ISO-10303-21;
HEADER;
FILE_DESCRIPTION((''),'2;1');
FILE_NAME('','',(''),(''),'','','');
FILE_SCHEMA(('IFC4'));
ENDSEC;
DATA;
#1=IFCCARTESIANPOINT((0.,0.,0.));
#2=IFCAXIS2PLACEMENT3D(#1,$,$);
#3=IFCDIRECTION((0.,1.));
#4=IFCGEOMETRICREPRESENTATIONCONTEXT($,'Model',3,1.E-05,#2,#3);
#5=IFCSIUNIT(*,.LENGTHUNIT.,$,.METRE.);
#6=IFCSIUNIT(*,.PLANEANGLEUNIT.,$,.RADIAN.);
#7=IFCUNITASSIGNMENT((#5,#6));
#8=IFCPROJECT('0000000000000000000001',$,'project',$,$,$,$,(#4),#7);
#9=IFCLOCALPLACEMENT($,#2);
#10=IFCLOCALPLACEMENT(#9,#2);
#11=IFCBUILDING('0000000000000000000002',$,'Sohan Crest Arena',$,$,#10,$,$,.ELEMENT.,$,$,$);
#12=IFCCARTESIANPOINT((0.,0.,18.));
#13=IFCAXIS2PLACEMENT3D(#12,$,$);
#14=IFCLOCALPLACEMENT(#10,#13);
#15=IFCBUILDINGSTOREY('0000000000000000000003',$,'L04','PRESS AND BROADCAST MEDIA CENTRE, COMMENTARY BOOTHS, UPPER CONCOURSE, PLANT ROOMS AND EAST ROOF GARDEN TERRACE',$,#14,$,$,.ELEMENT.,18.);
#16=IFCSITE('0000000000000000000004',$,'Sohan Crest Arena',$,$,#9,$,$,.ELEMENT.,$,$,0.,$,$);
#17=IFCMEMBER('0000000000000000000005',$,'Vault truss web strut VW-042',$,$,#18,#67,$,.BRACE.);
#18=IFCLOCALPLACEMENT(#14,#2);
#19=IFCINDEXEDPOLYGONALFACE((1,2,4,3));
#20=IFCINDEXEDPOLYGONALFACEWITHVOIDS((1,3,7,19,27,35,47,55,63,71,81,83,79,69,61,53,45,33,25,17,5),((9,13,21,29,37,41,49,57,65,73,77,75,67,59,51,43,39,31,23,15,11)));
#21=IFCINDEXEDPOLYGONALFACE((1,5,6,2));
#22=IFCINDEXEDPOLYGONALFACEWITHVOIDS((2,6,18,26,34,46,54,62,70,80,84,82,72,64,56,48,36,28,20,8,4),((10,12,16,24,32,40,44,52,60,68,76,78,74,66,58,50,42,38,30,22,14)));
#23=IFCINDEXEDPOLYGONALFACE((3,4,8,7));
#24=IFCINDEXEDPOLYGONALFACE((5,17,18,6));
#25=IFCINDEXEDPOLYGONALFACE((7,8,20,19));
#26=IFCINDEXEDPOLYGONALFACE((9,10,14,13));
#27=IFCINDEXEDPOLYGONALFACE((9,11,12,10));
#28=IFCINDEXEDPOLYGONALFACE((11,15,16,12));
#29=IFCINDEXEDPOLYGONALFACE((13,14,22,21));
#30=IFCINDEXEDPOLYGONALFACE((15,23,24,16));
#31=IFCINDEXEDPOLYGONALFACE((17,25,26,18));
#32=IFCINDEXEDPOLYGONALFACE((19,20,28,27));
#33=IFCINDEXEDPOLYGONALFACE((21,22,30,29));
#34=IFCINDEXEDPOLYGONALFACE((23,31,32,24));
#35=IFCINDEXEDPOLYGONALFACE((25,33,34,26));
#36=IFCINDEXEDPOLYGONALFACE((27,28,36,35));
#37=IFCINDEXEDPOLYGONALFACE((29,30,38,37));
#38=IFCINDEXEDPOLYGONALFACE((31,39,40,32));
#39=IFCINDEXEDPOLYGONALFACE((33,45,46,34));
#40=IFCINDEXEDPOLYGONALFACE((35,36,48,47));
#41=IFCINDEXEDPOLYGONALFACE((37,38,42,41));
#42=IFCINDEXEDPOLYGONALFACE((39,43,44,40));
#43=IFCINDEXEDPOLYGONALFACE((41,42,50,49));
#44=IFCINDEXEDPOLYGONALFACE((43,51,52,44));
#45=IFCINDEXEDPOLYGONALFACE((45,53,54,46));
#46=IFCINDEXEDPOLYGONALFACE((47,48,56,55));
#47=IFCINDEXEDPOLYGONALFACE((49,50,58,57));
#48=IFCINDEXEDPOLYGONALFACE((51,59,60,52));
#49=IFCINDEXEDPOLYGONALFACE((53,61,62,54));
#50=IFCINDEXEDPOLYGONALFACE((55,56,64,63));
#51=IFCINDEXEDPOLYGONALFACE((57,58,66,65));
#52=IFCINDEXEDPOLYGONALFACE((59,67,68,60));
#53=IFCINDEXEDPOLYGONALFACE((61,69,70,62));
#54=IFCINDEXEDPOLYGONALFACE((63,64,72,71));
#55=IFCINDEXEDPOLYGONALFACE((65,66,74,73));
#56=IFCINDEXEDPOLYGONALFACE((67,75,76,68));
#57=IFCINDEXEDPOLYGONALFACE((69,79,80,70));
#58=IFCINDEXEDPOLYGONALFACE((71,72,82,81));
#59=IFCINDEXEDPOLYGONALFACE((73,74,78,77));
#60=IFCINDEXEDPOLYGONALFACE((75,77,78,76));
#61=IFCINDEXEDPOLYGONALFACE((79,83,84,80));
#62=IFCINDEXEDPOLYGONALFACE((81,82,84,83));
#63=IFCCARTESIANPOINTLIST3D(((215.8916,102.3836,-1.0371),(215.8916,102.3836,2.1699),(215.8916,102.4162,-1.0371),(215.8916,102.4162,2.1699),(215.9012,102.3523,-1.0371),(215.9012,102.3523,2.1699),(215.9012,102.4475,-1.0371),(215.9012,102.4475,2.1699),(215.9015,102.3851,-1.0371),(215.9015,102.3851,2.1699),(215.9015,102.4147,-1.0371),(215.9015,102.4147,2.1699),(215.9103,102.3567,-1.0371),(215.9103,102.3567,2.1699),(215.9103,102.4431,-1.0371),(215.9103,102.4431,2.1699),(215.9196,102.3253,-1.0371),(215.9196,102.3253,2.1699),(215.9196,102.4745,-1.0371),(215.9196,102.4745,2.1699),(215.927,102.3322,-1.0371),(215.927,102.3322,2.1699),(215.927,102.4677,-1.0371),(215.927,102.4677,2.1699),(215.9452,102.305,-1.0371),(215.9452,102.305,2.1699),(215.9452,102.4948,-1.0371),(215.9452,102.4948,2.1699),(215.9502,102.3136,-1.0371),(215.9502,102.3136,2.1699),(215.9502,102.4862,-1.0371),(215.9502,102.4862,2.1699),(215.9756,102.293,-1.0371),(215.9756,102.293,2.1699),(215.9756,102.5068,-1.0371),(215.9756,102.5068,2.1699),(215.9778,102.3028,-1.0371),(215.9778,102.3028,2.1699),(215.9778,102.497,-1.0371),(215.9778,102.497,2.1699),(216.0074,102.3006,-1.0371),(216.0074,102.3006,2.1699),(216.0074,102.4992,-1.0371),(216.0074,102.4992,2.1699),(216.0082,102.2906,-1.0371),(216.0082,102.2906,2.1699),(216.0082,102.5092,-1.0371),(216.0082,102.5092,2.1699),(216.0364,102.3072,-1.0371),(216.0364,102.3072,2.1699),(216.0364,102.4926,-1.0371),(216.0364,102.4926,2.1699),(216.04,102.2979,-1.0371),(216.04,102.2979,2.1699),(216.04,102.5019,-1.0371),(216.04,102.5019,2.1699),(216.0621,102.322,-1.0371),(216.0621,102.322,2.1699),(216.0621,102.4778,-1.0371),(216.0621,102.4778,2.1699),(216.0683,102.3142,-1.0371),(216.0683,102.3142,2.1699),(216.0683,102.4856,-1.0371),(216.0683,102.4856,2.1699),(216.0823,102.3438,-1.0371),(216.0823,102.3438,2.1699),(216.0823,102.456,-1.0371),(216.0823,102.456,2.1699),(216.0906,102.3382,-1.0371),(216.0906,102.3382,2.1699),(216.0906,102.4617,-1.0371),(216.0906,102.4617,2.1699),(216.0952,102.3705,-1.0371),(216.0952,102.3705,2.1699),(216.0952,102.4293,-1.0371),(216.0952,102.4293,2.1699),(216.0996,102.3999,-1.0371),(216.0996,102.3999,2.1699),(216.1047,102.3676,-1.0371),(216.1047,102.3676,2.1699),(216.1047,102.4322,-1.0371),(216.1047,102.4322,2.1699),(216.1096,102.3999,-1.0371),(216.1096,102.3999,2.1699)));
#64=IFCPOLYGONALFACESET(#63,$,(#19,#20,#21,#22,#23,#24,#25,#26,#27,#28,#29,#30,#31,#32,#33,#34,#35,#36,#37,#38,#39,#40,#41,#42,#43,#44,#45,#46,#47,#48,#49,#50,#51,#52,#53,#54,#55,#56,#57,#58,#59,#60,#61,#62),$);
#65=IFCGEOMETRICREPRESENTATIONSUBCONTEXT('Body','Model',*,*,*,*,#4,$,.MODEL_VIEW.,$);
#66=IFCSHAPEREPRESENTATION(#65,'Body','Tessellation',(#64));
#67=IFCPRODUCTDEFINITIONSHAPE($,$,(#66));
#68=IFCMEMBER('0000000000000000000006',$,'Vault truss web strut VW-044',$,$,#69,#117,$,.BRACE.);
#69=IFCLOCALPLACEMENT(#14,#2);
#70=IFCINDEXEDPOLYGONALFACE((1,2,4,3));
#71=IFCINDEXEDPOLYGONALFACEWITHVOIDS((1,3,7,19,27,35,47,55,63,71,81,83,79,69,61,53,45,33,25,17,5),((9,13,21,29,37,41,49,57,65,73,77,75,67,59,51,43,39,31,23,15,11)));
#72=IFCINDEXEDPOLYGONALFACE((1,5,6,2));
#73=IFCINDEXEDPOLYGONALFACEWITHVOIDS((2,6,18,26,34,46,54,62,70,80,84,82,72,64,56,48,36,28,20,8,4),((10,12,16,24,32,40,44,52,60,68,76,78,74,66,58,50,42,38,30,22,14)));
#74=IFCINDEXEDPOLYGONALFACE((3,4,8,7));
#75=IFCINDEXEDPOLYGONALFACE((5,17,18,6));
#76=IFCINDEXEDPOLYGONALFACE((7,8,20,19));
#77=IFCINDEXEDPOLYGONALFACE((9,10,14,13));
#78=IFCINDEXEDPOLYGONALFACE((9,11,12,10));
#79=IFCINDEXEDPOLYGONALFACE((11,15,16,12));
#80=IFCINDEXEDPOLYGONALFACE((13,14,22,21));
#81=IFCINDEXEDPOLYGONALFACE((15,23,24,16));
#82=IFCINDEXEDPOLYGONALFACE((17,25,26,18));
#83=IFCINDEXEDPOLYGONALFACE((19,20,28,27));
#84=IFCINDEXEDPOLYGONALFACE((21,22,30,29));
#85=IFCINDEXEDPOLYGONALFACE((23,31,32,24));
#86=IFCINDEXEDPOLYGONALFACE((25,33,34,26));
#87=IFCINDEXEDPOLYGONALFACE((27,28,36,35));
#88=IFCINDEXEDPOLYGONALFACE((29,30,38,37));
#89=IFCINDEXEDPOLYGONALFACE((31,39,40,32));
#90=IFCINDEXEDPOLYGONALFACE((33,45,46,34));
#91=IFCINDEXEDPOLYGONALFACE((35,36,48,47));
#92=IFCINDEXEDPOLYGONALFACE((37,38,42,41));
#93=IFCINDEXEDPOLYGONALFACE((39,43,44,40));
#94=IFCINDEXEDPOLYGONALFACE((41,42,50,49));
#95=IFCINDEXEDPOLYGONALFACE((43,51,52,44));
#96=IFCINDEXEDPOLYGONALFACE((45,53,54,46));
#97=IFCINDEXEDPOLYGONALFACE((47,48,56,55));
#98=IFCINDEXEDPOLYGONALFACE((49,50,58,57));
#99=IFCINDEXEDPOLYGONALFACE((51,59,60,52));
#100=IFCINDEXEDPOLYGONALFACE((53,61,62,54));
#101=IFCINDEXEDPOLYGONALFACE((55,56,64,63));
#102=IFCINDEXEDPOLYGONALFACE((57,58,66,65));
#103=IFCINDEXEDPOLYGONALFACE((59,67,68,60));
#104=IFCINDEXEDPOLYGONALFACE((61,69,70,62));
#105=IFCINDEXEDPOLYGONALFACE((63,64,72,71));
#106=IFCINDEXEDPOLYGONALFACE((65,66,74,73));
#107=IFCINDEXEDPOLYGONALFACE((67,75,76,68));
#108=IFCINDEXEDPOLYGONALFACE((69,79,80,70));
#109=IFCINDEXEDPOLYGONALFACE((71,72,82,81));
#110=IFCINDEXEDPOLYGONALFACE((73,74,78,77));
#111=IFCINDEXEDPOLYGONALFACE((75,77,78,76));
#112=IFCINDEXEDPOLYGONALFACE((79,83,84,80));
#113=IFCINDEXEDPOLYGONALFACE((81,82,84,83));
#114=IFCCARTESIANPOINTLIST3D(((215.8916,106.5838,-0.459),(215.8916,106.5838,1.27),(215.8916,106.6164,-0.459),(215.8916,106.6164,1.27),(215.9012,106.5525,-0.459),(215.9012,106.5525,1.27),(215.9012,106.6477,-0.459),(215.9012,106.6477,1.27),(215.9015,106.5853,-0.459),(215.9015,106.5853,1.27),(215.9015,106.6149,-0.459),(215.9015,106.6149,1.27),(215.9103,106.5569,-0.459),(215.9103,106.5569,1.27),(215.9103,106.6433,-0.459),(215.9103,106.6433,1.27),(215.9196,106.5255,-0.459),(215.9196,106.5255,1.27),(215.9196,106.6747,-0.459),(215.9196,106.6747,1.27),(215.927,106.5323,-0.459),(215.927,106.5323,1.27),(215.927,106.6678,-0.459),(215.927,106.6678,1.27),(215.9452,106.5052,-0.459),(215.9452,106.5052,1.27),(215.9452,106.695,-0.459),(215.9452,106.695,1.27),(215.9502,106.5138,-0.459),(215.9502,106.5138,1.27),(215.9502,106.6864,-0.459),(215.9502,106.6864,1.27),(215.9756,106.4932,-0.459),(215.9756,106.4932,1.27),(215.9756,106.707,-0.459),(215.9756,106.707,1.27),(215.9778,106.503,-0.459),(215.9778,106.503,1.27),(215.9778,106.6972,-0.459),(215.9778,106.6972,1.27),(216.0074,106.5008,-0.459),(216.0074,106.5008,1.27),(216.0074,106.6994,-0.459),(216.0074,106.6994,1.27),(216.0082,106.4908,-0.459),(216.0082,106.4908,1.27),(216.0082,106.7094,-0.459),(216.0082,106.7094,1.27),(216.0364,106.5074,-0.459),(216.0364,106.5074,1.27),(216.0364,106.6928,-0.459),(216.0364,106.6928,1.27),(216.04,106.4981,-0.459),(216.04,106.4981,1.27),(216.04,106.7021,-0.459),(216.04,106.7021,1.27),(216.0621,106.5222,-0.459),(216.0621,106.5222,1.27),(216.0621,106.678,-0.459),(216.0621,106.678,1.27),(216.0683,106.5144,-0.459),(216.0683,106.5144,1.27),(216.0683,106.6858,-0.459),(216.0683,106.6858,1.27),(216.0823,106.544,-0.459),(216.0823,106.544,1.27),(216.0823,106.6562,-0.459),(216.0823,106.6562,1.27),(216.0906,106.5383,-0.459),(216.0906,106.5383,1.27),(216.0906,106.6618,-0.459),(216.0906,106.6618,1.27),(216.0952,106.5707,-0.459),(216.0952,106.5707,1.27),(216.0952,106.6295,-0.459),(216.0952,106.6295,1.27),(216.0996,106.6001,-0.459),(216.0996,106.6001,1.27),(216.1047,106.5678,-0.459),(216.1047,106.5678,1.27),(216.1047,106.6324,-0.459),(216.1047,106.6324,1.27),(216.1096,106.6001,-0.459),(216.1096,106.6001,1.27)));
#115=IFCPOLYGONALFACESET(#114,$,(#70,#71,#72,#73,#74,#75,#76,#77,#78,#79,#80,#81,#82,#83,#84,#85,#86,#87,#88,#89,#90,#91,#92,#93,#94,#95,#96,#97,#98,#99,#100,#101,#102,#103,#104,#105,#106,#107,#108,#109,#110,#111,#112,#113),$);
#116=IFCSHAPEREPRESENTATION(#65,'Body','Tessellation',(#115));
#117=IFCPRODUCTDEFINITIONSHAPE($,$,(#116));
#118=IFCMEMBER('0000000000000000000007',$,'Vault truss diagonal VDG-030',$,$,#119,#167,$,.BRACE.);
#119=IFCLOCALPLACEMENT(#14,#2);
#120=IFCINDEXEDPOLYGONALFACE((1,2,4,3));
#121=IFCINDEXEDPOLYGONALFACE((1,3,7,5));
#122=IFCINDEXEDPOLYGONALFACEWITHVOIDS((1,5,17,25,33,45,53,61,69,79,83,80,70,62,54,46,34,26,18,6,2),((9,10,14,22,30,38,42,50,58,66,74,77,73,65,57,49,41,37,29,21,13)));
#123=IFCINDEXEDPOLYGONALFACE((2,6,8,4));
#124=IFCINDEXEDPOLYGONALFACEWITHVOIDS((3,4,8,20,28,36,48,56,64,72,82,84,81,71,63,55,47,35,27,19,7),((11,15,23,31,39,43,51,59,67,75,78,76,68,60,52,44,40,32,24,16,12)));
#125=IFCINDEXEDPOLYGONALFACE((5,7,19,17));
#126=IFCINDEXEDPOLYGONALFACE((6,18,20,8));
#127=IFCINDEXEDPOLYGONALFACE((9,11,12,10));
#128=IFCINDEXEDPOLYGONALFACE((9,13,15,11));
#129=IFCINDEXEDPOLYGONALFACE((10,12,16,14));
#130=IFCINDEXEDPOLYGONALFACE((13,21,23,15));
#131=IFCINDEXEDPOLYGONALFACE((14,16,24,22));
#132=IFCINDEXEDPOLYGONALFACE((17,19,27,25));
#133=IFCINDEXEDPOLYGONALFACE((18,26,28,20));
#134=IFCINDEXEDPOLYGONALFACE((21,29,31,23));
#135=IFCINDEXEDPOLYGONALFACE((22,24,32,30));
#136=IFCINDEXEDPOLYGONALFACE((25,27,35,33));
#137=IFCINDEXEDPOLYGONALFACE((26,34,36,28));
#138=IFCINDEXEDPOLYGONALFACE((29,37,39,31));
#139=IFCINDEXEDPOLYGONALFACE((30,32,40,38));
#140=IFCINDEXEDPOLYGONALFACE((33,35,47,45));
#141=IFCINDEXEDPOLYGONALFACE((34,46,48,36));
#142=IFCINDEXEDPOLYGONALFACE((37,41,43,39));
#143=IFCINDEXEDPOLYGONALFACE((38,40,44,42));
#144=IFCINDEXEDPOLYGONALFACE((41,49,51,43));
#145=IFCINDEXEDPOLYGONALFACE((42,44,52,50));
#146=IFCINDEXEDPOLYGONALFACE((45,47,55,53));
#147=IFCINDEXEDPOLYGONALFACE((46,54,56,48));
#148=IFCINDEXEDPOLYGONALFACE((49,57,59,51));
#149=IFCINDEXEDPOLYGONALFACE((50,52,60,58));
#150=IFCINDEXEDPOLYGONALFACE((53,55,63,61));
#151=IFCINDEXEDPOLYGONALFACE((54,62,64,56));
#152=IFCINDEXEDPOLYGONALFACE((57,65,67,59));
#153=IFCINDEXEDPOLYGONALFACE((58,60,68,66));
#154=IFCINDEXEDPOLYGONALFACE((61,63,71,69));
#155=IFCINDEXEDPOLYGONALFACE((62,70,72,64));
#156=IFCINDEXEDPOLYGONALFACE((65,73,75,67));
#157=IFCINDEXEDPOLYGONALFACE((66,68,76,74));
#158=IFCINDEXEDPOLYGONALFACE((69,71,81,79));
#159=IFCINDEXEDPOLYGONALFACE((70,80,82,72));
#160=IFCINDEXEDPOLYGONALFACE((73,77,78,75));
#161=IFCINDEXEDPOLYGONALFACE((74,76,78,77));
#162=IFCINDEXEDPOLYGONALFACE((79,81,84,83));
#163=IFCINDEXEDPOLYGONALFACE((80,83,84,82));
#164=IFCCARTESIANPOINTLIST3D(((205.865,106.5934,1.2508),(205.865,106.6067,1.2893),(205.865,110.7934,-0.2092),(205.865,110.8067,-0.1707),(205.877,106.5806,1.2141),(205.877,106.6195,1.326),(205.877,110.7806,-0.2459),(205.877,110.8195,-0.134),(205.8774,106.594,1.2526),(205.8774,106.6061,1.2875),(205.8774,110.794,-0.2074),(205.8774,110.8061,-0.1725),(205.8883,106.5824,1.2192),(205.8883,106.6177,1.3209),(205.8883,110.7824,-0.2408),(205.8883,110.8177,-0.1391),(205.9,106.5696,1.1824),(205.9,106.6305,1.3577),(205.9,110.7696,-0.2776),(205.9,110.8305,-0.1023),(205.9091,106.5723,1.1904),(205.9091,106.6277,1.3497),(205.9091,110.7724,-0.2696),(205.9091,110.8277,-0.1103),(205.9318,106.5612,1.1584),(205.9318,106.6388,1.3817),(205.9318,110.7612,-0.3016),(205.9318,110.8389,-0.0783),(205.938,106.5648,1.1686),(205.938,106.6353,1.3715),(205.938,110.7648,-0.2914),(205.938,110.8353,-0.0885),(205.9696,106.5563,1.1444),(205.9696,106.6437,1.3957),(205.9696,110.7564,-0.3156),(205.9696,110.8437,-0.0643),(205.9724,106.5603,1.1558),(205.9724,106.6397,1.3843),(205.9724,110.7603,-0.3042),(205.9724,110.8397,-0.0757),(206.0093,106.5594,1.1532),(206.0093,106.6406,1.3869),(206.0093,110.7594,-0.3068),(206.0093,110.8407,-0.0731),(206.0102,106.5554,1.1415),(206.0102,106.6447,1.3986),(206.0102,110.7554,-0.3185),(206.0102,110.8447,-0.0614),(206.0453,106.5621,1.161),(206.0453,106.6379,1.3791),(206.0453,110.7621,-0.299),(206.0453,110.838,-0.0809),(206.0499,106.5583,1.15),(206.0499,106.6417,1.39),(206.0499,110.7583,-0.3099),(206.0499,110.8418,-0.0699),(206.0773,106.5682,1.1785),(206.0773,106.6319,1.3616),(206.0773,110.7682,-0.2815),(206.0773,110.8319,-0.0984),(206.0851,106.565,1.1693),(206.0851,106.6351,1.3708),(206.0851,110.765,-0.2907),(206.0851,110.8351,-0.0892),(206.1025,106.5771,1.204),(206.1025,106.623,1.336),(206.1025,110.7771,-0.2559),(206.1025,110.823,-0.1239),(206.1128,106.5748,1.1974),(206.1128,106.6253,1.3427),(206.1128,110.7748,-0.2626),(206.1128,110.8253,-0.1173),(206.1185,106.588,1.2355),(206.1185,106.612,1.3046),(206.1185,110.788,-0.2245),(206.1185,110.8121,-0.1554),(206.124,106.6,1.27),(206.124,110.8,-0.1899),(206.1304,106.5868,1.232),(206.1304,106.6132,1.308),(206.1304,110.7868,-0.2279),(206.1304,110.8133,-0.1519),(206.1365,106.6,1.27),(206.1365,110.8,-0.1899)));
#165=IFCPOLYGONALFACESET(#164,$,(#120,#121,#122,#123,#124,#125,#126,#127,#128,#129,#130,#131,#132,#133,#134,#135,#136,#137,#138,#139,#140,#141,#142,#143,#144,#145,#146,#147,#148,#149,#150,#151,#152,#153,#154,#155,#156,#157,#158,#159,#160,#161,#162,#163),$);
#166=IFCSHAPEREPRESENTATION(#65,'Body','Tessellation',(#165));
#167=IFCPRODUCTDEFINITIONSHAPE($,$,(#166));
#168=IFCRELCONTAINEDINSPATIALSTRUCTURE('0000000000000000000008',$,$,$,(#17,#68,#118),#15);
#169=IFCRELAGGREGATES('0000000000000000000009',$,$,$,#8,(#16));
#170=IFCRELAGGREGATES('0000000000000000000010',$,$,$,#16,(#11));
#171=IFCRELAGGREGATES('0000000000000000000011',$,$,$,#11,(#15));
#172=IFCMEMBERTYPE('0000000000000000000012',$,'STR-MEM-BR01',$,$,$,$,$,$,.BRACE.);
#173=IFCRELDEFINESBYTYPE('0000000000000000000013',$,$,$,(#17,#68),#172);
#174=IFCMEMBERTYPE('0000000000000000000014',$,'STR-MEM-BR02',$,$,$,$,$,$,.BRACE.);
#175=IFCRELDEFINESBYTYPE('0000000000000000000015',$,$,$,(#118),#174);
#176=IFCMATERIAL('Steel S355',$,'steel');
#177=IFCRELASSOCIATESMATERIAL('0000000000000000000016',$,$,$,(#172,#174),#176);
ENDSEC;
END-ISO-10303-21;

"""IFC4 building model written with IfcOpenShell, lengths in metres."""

from ifc_helpers import new_model, si_unit, direction, frame, origin, origin_2d, place, context, subcontext, project, spatial, hollow_circle, extrude, material, material_profile, profile_set, type_object, element, save


model = new_model("IFC4")

# Units and contexts
model_context = context("Model", 3, precision=1e-05, world=origin(), true_north=direction((0.0, 1.0)))
body_context = subcontext(model_context, "Body", "Model", "MODEL_VIEW")
ifc_project = project(units=[si_unit("LENGTHUNIT", "METRE"), si_unit("PLANEANGLEUNIT", "RADIAN")], contexts=[model_context])

# Site, building, storey
site_placement = place(None, origin())
site = spatial("IfcSite", under=ifc_project, at=site_placement, Name="Sohan Crest Arena", CompositionType="ELEMENT", RefElevation=0.0)
building_placement = place(site_placement, origin())
building = spatial("IfcBuilding", under=site, at=building_placement, Name="Sohan Crest Arena", CompositionType="ELEMENT")
storey_placement = place(building_placement, frame((0.0, 0.0, 18.0)))
storey = spatial("IfcBuildingStorey", under=building, at=storey_placement, Name="L04", Description="PRESS AND BROADCAST MEDIA CENTRE, COMMENTARY BOOTHS, UPPER CONCOURSE, PLANT ROOMS AND EAST ROOF GARDEN TERRACE", CompositionType="ELEMENT", Elevation=18.0)

# Shared definitions
ifc_material = material(Name="Steel S355", Category="steel")

# Members
ifc_material_profile_1 = material_profile(ifc_material, hollow_circle(Radius=0.1096, WallThickness=0.01, at=origin_2d()), Name="CHS 219.1x10")
ifc_profile_set_1 = profile_set([ifc_material_profile_1], Name="Steel S355")
member_type_1 = type_object("IfcMemberType", Name="STR-MEM-BR01", PredefinedType="BRACE", material=ifc_profile_set_1)
member_1_placement = place(storey_placement, frame((216.0, 102.3999, -1.0371), z_axis=(0.0, 0.0, 1.0), x_axis=(1.0, 0.0, 0.0)))
element("IfcMember", 1, at=member_1_placement, inside=storey, type_object=member_type_1, Name="Vault truss web strut VW-042", PredefinedType="BRACE", context=body_context, shape_type="SweptSolid", body=[
    extrude(hollow_circle(Radius=0.1096, WallThickness=0.01, at=origin_2d()), origin(), (0.0, 0.0, 1.0), 3.207),
])
member_2_placement = place(storey_placement, frame((216.0, 106.6001, -0.459), z_axis=(0.0, 0.0, 1.0), x_axis=(1.0, 0.0, 0.0)))
element("IfcMember", 2, at=member_2_placement, inside=storey, type_object=member_type_1, Name="Vault truss web strut VW-044", PredefinedType="BRACE", context=body_context, shape_type="SweptSolid", body=[
    extrude(hollow_circle(Radius=0.1096, WallThickness=0.01, at=origin_2d()), origin(), (0.0, 0.0, 1.0), 1.729),
])
ifc_material_profile_2 = material_profile(ifc_material, hollow_circle(Radius=0.1365, WallThickness=0.0125, at=origin_2d()), Name="CHS 273x12.5")
ifc_profile_set_2 = profile_set([ifc_material_profile_2], Name="Steel S355")
member_type_2 = type_object("IfcMemberType", Name="STR-MEM-BR02", PredefinedType="BRACE", material=ifc_profile_set_2)
member_3_placement = place(storey_placement, frame((206.0, 110.8, -0.1899), z_axis=(0.0, -0.944559, 0.328342), x_axis=(1.0, 0.0, 0.0)))
element("IfcMember", 3, at=member_3_placement, inside=storey, type_object=member_type_2, Name="Vault truss diagonal VDG-030", PredefinedType="BRACE", context=body_context, shape_type="SweptSolid", body=[
    extrude(hollow_circle(Radius=0.1365, WallThickness=0.0125, at=origin_2d()), origin(), (0.0, 0.0, 1.0), 4.4465),
])

save(model, "model.ifc")
